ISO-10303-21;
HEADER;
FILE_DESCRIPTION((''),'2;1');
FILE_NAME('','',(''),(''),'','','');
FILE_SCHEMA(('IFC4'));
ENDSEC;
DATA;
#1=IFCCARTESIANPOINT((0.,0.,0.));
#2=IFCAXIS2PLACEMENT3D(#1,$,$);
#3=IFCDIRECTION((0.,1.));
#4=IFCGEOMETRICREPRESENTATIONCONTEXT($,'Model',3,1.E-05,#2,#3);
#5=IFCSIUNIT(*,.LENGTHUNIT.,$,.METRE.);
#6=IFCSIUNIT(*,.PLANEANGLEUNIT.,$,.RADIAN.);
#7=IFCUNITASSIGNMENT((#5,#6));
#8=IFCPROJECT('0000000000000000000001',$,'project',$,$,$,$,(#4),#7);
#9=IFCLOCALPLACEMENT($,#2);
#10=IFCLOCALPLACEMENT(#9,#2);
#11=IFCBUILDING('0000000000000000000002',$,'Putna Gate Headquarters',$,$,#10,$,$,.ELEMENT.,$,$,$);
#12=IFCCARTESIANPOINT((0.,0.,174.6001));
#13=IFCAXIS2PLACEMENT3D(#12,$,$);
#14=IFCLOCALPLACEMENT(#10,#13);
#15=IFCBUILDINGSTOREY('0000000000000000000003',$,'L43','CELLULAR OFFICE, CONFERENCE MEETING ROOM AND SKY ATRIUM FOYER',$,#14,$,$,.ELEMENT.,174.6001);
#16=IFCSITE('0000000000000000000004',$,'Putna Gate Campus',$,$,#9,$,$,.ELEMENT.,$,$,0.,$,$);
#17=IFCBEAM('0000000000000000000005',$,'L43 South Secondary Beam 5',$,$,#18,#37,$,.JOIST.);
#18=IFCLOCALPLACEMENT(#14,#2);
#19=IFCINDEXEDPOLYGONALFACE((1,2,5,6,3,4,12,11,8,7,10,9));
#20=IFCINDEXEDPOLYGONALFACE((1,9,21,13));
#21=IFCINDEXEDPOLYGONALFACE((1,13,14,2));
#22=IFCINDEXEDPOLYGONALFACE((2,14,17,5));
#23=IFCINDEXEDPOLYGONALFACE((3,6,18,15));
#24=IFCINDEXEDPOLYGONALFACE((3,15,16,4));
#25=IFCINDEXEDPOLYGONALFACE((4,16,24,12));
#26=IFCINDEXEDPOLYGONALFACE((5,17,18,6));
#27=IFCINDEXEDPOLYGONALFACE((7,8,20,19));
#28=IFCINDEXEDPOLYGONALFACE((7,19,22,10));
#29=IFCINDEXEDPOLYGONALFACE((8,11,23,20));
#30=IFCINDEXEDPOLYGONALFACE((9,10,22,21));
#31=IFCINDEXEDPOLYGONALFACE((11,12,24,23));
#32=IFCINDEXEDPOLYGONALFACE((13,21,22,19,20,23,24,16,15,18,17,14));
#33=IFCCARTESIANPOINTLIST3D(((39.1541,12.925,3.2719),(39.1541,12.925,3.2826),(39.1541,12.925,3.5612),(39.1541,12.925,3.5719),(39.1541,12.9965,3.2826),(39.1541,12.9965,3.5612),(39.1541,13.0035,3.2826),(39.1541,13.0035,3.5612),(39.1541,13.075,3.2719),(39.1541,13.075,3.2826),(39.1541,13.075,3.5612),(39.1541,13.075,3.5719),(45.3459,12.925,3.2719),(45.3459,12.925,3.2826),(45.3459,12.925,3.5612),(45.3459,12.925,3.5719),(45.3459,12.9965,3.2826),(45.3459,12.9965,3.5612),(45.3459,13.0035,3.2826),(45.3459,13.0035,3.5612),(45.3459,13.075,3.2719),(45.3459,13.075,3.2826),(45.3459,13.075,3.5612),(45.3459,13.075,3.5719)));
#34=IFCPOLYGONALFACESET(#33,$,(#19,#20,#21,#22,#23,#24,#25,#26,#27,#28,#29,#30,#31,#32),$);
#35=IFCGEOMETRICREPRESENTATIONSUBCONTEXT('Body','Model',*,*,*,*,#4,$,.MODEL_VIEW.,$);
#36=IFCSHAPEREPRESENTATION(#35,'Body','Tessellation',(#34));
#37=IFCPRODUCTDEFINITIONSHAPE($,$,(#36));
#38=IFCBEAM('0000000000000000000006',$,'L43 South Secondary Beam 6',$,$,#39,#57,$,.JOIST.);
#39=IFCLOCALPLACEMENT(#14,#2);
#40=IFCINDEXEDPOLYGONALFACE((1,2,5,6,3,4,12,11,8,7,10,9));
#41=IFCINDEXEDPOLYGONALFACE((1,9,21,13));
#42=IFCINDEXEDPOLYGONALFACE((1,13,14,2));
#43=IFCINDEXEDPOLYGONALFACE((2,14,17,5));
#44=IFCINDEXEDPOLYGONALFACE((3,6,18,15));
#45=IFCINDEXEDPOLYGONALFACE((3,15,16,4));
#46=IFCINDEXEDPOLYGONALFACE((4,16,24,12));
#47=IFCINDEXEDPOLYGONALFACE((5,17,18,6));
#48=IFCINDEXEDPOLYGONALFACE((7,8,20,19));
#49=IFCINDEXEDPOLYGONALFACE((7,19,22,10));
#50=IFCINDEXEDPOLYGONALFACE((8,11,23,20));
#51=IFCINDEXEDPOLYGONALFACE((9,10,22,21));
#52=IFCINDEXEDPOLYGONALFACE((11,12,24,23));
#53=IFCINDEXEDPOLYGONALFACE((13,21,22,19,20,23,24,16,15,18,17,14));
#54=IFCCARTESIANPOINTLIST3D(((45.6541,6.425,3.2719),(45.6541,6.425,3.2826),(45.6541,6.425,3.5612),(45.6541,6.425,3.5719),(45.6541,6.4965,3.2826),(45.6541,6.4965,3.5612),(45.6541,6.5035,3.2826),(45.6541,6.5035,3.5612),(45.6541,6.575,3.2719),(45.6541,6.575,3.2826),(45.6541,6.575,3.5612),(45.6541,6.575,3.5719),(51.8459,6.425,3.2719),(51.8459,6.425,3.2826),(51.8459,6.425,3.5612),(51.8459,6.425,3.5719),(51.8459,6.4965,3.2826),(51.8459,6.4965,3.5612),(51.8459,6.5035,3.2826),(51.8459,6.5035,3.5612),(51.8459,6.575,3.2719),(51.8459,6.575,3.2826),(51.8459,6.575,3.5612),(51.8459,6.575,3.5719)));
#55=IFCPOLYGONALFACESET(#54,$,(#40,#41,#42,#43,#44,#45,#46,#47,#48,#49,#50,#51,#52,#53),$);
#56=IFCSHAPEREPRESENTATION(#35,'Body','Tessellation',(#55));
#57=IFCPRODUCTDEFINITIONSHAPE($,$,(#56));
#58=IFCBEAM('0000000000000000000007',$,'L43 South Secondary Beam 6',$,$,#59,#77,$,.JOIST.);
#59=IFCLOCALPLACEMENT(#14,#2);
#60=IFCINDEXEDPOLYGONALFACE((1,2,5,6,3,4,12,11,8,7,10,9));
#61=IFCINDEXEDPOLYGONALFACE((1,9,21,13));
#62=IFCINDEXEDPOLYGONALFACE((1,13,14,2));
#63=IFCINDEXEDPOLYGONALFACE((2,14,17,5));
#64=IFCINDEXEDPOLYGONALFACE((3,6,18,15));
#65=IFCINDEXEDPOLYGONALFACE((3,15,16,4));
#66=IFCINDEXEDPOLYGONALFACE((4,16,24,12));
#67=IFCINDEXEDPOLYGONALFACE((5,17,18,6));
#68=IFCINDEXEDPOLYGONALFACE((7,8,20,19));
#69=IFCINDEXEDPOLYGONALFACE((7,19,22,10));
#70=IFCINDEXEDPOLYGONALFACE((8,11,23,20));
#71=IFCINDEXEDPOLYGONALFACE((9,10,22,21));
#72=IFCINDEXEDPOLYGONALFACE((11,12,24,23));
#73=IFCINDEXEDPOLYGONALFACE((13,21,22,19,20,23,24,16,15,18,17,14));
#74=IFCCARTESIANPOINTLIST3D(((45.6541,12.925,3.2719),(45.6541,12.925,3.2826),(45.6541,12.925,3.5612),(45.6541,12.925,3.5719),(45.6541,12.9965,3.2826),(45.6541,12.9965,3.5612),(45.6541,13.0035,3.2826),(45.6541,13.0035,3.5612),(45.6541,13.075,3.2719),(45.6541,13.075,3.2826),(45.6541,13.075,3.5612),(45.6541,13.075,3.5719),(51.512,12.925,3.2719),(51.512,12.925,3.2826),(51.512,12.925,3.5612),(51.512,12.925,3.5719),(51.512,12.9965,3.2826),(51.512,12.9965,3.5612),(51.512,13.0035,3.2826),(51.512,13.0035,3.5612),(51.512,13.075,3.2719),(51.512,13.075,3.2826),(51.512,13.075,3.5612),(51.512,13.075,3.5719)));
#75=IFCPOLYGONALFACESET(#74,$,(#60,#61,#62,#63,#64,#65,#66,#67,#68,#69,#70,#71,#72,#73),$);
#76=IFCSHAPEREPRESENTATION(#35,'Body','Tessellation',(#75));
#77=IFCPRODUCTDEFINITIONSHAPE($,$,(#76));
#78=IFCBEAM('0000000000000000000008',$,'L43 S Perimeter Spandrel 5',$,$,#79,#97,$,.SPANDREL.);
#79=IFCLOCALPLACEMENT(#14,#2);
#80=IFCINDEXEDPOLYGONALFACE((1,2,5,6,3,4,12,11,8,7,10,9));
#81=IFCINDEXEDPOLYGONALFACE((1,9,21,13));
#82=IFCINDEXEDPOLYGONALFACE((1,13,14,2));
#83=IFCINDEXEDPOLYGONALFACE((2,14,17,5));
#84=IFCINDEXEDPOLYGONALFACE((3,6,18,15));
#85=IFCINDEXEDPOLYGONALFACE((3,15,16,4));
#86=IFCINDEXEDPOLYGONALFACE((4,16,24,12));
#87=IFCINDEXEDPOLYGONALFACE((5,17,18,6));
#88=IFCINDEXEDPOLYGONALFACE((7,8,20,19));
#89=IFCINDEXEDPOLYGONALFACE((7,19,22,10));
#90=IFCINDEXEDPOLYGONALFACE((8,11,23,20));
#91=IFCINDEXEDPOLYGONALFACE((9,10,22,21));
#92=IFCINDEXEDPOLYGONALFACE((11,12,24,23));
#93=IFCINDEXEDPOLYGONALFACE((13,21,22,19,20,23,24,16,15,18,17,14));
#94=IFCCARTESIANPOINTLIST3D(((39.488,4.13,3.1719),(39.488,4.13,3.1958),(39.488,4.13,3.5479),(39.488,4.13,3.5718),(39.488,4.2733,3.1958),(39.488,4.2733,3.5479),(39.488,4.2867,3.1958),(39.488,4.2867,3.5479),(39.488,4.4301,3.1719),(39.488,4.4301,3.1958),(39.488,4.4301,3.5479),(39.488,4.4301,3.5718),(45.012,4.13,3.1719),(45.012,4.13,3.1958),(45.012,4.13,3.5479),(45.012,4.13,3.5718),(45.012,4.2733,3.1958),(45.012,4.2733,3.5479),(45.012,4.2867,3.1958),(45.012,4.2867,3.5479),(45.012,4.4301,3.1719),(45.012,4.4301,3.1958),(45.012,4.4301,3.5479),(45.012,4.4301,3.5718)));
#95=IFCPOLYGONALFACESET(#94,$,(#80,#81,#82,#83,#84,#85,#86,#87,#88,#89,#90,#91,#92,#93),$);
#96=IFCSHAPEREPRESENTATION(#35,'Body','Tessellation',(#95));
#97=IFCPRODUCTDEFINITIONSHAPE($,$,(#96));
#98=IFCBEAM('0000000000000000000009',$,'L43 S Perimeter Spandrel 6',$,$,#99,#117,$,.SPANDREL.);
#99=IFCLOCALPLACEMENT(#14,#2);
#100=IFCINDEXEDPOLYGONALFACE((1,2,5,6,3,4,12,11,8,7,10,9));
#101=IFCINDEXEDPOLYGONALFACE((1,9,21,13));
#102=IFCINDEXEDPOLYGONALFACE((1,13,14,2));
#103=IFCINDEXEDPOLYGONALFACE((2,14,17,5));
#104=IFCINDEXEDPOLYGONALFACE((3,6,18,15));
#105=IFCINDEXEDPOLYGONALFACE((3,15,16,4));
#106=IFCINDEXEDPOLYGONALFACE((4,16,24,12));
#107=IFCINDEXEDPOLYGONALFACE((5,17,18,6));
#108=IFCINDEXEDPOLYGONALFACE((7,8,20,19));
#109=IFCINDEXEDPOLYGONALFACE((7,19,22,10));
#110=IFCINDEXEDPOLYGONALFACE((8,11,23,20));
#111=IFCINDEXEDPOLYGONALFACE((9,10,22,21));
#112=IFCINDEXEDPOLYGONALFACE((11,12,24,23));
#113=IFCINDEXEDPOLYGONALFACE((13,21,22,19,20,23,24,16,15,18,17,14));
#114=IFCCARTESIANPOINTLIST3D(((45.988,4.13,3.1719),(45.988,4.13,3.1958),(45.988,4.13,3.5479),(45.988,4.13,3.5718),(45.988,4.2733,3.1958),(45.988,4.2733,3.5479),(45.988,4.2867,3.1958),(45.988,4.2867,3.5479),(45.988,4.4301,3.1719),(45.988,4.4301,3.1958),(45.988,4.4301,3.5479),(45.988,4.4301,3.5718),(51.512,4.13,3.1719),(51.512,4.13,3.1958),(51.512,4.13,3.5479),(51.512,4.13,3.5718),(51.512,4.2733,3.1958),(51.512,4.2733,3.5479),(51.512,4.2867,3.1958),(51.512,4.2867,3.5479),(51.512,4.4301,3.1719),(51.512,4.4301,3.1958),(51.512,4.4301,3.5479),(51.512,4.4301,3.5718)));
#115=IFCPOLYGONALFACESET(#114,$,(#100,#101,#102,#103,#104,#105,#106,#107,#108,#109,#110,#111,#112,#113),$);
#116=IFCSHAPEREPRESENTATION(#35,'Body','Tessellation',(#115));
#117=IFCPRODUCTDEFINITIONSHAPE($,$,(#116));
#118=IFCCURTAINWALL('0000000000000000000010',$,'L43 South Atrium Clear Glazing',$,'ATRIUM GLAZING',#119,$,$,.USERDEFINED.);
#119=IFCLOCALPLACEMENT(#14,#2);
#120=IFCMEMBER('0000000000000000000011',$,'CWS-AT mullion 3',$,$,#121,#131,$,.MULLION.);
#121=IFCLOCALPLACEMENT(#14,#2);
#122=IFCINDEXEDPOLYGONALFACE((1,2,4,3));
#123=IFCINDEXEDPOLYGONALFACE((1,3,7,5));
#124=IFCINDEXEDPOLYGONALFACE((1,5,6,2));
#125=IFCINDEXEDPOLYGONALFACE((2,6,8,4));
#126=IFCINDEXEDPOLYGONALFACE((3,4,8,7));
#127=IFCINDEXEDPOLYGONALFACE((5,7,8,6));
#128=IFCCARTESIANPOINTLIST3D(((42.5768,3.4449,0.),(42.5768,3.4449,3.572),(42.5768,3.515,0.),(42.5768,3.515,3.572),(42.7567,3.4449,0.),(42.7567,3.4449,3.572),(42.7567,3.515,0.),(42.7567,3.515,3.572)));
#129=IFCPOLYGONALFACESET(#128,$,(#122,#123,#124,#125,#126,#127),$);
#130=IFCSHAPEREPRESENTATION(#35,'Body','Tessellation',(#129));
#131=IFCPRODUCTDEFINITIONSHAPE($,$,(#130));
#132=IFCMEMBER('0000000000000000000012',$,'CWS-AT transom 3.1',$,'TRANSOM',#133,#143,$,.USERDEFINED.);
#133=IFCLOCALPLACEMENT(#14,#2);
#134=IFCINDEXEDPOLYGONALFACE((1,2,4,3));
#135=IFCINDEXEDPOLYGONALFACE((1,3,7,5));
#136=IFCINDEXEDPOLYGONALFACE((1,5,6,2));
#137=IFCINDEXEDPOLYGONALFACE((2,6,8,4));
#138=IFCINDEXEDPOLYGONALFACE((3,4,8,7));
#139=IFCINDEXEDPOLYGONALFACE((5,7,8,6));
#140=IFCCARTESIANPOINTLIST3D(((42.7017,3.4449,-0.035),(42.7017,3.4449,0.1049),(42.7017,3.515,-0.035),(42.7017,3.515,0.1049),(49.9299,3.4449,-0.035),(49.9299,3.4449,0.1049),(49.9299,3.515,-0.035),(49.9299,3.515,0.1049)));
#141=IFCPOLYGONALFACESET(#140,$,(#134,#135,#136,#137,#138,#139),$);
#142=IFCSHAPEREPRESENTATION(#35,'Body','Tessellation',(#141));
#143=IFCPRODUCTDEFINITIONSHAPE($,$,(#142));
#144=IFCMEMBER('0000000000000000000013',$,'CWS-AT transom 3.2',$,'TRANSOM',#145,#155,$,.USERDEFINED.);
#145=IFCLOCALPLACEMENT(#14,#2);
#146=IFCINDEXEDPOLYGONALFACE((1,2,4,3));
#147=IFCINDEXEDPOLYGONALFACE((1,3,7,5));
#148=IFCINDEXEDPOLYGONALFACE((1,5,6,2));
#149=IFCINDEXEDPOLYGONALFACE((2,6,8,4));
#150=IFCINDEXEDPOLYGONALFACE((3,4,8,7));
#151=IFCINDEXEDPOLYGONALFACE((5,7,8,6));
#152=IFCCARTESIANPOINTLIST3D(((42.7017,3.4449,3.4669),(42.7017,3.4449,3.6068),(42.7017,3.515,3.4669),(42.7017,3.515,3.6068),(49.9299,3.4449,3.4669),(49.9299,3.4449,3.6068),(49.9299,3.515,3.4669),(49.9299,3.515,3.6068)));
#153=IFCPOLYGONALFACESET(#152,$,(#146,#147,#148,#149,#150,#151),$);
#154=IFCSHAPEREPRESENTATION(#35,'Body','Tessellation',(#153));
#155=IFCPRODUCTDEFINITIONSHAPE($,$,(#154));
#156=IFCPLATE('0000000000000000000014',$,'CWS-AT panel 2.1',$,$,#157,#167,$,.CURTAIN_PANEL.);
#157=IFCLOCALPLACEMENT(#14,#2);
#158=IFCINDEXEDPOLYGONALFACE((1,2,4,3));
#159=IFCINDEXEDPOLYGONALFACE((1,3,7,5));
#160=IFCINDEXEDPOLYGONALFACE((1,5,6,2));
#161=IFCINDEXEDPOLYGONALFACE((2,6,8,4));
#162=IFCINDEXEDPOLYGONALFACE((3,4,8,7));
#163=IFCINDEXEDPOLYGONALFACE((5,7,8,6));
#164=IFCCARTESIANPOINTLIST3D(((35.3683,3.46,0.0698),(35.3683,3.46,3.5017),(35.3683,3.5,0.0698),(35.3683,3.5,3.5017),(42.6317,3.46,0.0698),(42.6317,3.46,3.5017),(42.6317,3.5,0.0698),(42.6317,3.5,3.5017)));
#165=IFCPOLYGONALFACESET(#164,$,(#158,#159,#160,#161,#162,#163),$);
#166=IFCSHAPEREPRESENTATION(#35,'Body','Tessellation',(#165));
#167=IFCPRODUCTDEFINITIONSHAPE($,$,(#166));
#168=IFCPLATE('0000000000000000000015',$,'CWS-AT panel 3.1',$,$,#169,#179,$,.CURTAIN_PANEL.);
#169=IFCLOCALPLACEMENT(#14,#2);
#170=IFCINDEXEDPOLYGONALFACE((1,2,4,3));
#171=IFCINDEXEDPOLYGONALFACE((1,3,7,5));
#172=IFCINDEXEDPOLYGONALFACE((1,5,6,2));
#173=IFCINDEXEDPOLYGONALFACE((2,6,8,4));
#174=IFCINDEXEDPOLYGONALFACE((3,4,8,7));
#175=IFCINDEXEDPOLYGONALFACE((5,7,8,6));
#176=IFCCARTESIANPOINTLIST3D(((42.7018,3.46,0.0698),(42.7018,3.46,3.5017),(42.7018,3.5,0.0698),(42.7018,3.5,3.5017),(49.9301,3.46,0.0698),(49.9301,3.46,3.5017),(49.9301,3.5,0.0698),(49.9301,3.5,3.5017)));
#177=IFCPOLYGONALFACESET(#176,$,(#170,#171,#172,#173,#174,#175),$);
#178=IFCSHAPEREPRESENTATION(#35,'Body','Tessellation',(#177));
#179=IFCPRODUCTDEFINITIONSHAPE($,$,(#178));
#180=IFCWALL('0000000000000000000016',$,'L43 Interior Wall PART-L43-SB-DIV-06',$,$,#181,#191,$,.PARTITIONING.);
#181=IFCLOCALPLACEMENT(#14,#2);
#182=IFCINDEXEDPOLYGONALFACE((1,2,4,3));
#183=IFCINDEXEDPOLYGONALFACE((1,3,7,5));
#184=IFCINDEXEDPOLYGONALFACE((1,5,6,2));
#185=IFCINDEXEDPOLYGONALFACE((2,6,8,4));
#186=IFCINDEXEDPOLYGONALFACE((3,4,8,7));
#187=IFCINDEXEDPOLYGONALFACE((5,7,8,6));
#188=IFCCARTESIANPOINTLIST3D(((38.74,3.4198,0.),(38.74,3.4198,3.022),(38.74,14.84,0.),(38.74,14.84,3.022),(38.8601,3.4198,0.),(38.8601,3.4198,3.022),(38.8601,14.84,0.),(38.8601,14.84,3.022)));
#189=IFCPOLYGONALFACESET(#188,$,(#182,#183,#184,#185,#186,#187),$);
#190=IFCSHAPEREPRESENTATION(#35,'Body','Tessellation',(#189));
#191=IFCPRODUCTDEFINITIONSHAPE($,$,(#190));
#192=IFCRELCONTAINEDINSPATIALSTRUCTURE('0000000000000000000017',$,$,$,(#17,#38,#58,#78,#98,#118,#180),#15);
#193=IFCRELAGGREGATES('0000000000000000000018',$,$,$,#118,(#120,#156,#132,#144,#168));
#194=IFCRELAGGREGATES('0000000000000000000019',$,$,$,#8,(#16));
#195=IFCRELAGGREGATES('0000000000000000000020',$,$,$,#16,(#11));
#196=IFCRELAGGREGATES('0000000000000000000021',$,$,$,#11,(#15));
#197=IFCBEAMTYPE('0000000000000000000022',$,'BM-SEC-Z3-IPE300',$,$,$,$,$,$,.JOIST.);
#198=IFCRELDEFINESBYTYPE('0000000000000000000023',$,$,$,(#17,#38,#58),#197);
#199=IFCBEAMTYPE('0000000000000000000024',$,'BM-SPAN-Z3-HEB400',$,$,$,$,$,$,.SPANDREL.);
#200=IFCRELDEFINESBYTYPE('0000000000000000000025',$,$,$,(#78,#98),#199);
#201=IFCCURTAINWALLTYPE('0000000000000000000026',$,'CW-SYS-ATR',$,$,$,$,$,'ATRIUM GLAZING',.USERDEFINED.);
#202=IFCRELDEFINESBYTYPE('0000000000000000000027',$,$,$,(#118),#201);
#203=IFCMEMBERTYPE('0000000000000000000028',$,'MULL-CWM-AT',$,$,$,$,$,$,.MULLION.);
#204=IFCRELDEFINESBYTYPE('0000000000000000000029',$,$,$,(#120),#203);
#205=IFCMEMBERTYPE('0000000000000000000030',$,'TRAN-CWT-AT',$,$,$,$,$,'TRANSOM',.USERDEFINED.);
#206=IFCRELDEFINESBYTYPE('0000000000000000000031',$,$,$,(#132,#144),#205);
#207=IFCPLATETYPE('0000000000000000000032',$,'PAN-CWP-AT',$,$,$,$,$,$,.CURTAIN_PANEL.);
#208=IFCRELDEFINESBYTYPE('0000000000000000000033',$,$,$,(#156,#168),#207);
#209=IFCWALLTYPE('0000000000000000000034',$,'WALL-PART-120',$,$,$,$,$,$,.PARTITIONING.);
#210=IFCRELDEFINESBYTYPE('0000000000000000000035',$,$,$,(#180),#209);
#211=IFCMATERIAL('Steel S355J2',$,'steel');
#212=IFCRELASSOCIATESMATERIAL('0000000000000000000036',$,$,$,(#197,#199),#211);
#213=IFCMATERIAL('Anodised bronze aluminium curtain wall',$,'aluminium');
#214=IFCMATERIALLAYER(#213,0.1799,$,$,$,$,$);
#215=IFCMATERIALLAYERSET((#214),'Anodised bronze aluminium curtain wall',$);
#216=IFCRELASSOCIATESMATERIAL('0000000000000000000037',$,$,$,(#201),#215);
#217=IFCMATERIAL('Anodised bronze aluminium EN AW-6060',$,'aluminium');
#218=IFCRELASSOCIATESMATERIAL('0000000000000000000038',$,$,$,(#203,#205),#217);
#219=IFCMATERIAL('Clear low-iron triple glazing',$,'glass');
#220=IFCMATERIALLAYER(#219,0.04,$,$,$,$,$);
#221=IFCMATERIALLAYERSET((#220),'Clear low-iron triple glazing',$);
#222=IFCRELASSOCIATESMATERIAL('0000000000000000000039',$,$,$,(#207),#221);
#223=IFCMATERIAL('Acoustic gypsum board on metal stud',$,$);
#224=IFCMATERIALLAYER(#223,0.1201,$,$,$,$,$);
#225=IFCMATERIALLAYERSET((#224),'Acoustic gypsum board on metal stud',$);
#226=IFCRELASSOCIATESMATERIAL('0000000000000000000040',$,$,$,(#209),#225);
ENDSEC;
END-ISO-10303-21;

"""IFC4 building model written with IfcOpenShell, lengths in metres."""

from ifc_helpers import new_model, si_unit, direction, frame, frame_2d, origin, origin_2d, place, context, subcontext, project, spatial, rectangle, i_section, extrude, material, layer, layer_set, material_profile, profile_set, type_object, element, aggregate, save


model = new_model("IFC4")

# Units and contexts
model_context = context("Model", 3, precision=1e-05, world=origin(), true_north=direction((0.0, 1.0)))
body_context = subcontext(model_context, "Body", "Model", "MODEL_VIEW")
ifc_project = project(units=[si_unit("LENGTHUNIT", "METRE"), si_unit("PLANEANGLEUNIT", "RADIAN")], contexts=[model_context])

# Site, building, storey
site_placement = place(None, origin())
site = spatial("IfcSite", under=ifc_project, at=site_placement, Name="Putna Gate Campus", CompositionType="ELEMENT", RefElevation=0.0)
building_placement = place(site_placement, origin())
building = spatial("IfcBuilding", under=site, at=building_placement, Name="Putna Gate Headquarters", CompositionType="ELEMENT")
storey_placement = place(building_placement, frame((0.0, 0.0, 174.6001)))
storey = spatial("IfcBuildingStorey", under=building, at=storey_placement, Name="L43", Description="CELLULAR OFFICE, CONFERENCE MEETING ROOM AND SKY ATRIUM FOYER", CompositionType="ELEMENT", Elevation=174.6001)

# Beams
ifc_material_1 = material(Name="Steel S355J2", Category="steel")
ifc_material_profile_1 = material_profile(ifc_material_1, i_section(OverallWidth=0.1499, OverallDepth=0.3, WebThickness=0.0071, FlangeThickness=0.0107, at=origin_2d()), Name="Steel S355J2")
ifc_profile_set_1 = profile_set([ifc_material_profile_1], Name="Steel S355J2")
beam_type_1 = type_object("IfcBeamType", Name="BM-SEC-Z3-IPE300", PredefinedType="JOIST", material=ifc_profile_set_1)
for number, where, z_axis, x_axis, name in (
    (1, (39.1541, 13.0, 3.4219), (1.0, 0.0, 0.0), (0.0, 1.0, 0.0), "L43 South Secondary Beam 5"),
    (2, (45.6541, 6.5, 3.4219), (1.0, 0.0, 0.0), (0.0, 1.0, 0.0), "L43 South Secondary Beam 6"),
):
    element("IfcBeam", number, at=place(storey_placement, frame(where, z_axis=z_axis, x_axis=x_axis)), inside=storey, type_object=beam_type_1, Name=name, PredefinedType="JOIST", context=body_context, shape_type="SweptSolid", body=[
        extrude(i_section(OverallWidth=0.1499, OverallDepth=0.3, WebThickness=0.0071, FlangeThickness=0.0107, at=origin_2d()), origin(), (0.0, 0.0, 1.0), 6.1919),
    ])
beam_1_placement = place(storey_placement, frame((45.6541, 13.0, 3.4219), z_axis=(1.0, 0.0, 0.0), x_axis=(0.0, 1.0, 0.0)))
element("IfcBeam", 3, at=beam_1_placement, inside=storey, type_object=beam_type_1, Name="L43 South Secondary Beam 6", PredefinedType="JOIST", context=body_context, shape_type="SweptSolid", body=[
    extrude(i_section(OverallWidth=0.1499, OverallDepth=0.3, WebThickness=0.0071, FlangeThickness=0.0107, at=origin_2d()), origin(), (0.0, 0.0, 1.0), 5.8579),
])
ifc_material_profile_2 = material_profile(ifc_material_1, i_section(OverallWidth=0.3, OverallDepth=0.3999, WebThickness=0.0134, FlangeThickness=0.0239, at=origin_2d()), Name="Steel S355J2")
ifc_profile_set_2 = profile_set([ifc_material_profile_2], Name="Steel S355J2")
beam_type_2 = type_object("IfcBeamType", Name="BM-SPAN-Z3-HEB400", PredefinedType="SPANDREL", material=ifc_profile_set_2)
for number, where, z_axis, x_axis, name in (
    (4, (39.488, 4.28, 3.3718), (1.0, 0.0, 0.0), (0.0, 1.0, 0.0), "L43 S Perimeter Spandrel 5"),
    (5, (45.988, 4.28, 3.3718), (1.0, 0.0, 0.0), (0.0, 1.0, 0.0), "L43 S Perimeter Spandrel 6"),
):
    element("IfcBeam", number, at=place(storey_placement, frame(where, z_axis=z_axis, x_axis=x_axis)), inside=storey, type_object=beam_type_2, Name=name, PredefinedType="SPANDREL", context=body_context, shape_type="SweptSolid", body=[
        extrude(i_section(OverallWidth=0.3, OverallDepth=0.3999, WebThickness=0.0134, FlangeThickness=0.0239, at=origin_2d()), origin(), (0.0, 0.0, 1.0), 5.5239),
    ])

# Curtain wall, members, plates
ifc_material_2 = material(Name="Anodised bronze aluminium curtain wall", Category="aluminium")
ifc_layer_1 = layer(ifc_material_2, 0.1799)
ifc_layer_set_1 = layer_set([ifc_layer_1], Name="Anodised bronze aluminium curtain wall")
curtain_wall_type = type_object("IfcCurtainWallType", Name="CW-SYS-ATR", ElementType="ATRIUM GLAZING", PredefinedType="USERDEFINED", material=ifc_layer_set_1)
curtain_wall_placement = place(storey_placement, origin())
curtain_wall = element("IfcCurtainWall", 6, at=curtain_wall_placement, inside=storey, type_object=curtain_wall_type, Name="L43 South Atrium Clear Glazing", ObjectType="ATRIUM GLAZING", PredefinedType="USERDEFINED")
ifc_material_3 = material(Name="Anodised bronze aluminium EN AW-6060", Category="aluminium")
ifc_material_profile_3 = material_profile(ifc_material_3, rectangle(XDim=0.0701, YDim=0.1799, at=origin_2d()), Name="Anodised bronze aluminium EN AW-6060")
ifc_profile_set_3 = profile_set([ifc_material_profile_3], Name="Anodised bronze aluminium EN AW-6060")
member_type_1 = type_object("IfcMemberType", Name="MULL-CWM-AT", PredefinedType="MULLION", material=ifc_profile_set_3)
member_1_placement = place(storey_placement, frame((42.6667, 3.48, 0.0), z_axis=(0.0, 0.0, 1.0), x_axis=(0.0, 1.0, 0.0)))
member_1 = element("IfcMember", 7, at=member_1_placement, type_object=member_type_1, Name="CWS-AT mullion 3", PredefinedType="MULLION", context=body_context, shape_type="SweptSolid", body=[
    extrude(rectangle(XDim=0.0701, YDim=0.1799, at=origin_2d()), origin(), (0.0, 0.0, 1.0), 3.572),
])
ifc_material_profile_4 = material_profile(ifc_material_3, rectangle(XDim=0.0701, YDim=0.1399, at=origin_2d()), Name="Anodised bronze aluminium EN AW-6060")
ifc_profile_set_4 = profile_set([ifc_material_profile_4], Name="Anodised bronze aluminium EN AW-6060")
member_type_2 = type_object("IfcMemberType", Name="TRAN-CWT-AT", ElementType="TRANSOM", PredefinedType="USERDEFINED", material=ifc_profile_set_4)
member_2_placement = place(storey_placement, frame((42.7017, 3.48, 0.0349), z_axis=(1.0, 0.0, 0.0), x_axis=(0.0, 1.0, 0.0)))
member_2 = element("IfcMember", 8, at=member_2_placement, type_object=member_type_2, Name="CWS-AT transom 3.1", ObjectType="TRANSOM", PredefinedType="USERDEFINED", context=body_context, shape_type="SweptSolid", body=[
    extrude(rectangle(XDim=0.0701, YDim=0.1399, at=origin_2d()), origin(), (0.0, 0.0, 1.0), 7.2283),
])
member_3_placement = place(storey_placement, frame((42.7017, 3.48, 3.5369), z_axis=(1.0, 0.0, 0.0), x_axis=(0.0, 1.0, 0.0)))
member_3 = element("IfcMember", 9, at=member_3_placement, type_object=member_type_2, Name="CWS-AT transom 3.2", ObjectType="TRANSOM", PredefinedType="USERDEFINED", context=body_context, shape_type="SweptSolid", body=[
    extrude(rectangle(XDim=0.0701, YDim=0.1399, at=origin_2d()), origin(), (0.0, 0.0, 1.0), 7.2283),
])
ifc_material_4 = material(Name="Clear low-iron triple glazing", Category="glass")
ifc_layer_2 = layer(ifc_material_4, 0.04)
ifc_layer_set_2 = layer_set([ifc_layer_2], Name="Clear low-iron triple glazing")
plate_type = type_object("IfcPlateType", Name="PAN-CWP-AT", PredefinedType="CURTAIN_PANEL", material=ifc_layer_set_2)
plate_1_placement = place(storey_placement, frame((39.0, 3.48, 0.0698), z_axis=(0.0, 0.0, 1.0), x_axis=(1.0, 0.0, 0.0)))
plate_1 = element("IfcPlate", 10, at=plate_1_placement, type_object=plate_type, Name="CWS-AT panel 2.1", PredefinedType="CURTAIN_PANEL", context=body_context, shape_type="SweptSolid", body=[
    extrude(rectangle(XDim=7.2634, YDim=0.04, at=origin_2d()), origin(), (0.0, 0.0, 1.0), 3.4319),
])
plate_2_placement = place(storey_placement, frame((46.3159, 3.48, 0.0698), z_axis=(0.0, 0.0, 1.0), x_axis=(1.0, 0.0, 0.0)))
plate_2 = element("IfcPlate", 11, at=plate_2_placement, type_object=plate_type, Name="CWS-AT panel 3.1", PredefinedType="CURTAIN_PANEL", context=body_context, shape_type="SweptSolid", body=[
    extrude(rectangle(XDim=7.2283, YDim=0.04, at=origin_2d()), origin(), (0.0, 0.0, 1.0), 3.4319),
])
aggregate(curtain_wall, [member_1, plate_1, member_2, member_3, plate_2])

# Wall
ifc_material_5 = material(Name="Acoustic gypsum board on metal stud")
ifc_layer_3 = layer(ifc_material_5, 0.1201)
ifc_layer_set_3 = layer_set([ifc_layer_3], Name="Acoustic gypsum board on metal stud")
wall_type_1 = type_object("IfcWallType", Name="WALL-PART-120", PredefinedType="PARTITIONING", material=ifc_layer_set_3)
wall_1_placement = place(storey_placement, frame((38.8, 3.4199, 0.0), z_axis=(0.0, 0.0, 1.0), x_axis=(0.0, 1.0, 0.0)))
element("IfcWall", 12, at=wall_1_placement, inside=storey, type_object=wall_type_1, Name="L43 Interior Wall PART-L43-SB-DIV-06", PredefinedType="PARTITIONING", context=body_context, shape_type="SweptSolid", body=[
    extrude(rectangle(XDim=11.4202, YDim=0.1201, at=frame_2d((5.71, 0.0))), origin(), (0.0, 0.0, 1.0), 3.022),
])

save(model, "model.ifc")
